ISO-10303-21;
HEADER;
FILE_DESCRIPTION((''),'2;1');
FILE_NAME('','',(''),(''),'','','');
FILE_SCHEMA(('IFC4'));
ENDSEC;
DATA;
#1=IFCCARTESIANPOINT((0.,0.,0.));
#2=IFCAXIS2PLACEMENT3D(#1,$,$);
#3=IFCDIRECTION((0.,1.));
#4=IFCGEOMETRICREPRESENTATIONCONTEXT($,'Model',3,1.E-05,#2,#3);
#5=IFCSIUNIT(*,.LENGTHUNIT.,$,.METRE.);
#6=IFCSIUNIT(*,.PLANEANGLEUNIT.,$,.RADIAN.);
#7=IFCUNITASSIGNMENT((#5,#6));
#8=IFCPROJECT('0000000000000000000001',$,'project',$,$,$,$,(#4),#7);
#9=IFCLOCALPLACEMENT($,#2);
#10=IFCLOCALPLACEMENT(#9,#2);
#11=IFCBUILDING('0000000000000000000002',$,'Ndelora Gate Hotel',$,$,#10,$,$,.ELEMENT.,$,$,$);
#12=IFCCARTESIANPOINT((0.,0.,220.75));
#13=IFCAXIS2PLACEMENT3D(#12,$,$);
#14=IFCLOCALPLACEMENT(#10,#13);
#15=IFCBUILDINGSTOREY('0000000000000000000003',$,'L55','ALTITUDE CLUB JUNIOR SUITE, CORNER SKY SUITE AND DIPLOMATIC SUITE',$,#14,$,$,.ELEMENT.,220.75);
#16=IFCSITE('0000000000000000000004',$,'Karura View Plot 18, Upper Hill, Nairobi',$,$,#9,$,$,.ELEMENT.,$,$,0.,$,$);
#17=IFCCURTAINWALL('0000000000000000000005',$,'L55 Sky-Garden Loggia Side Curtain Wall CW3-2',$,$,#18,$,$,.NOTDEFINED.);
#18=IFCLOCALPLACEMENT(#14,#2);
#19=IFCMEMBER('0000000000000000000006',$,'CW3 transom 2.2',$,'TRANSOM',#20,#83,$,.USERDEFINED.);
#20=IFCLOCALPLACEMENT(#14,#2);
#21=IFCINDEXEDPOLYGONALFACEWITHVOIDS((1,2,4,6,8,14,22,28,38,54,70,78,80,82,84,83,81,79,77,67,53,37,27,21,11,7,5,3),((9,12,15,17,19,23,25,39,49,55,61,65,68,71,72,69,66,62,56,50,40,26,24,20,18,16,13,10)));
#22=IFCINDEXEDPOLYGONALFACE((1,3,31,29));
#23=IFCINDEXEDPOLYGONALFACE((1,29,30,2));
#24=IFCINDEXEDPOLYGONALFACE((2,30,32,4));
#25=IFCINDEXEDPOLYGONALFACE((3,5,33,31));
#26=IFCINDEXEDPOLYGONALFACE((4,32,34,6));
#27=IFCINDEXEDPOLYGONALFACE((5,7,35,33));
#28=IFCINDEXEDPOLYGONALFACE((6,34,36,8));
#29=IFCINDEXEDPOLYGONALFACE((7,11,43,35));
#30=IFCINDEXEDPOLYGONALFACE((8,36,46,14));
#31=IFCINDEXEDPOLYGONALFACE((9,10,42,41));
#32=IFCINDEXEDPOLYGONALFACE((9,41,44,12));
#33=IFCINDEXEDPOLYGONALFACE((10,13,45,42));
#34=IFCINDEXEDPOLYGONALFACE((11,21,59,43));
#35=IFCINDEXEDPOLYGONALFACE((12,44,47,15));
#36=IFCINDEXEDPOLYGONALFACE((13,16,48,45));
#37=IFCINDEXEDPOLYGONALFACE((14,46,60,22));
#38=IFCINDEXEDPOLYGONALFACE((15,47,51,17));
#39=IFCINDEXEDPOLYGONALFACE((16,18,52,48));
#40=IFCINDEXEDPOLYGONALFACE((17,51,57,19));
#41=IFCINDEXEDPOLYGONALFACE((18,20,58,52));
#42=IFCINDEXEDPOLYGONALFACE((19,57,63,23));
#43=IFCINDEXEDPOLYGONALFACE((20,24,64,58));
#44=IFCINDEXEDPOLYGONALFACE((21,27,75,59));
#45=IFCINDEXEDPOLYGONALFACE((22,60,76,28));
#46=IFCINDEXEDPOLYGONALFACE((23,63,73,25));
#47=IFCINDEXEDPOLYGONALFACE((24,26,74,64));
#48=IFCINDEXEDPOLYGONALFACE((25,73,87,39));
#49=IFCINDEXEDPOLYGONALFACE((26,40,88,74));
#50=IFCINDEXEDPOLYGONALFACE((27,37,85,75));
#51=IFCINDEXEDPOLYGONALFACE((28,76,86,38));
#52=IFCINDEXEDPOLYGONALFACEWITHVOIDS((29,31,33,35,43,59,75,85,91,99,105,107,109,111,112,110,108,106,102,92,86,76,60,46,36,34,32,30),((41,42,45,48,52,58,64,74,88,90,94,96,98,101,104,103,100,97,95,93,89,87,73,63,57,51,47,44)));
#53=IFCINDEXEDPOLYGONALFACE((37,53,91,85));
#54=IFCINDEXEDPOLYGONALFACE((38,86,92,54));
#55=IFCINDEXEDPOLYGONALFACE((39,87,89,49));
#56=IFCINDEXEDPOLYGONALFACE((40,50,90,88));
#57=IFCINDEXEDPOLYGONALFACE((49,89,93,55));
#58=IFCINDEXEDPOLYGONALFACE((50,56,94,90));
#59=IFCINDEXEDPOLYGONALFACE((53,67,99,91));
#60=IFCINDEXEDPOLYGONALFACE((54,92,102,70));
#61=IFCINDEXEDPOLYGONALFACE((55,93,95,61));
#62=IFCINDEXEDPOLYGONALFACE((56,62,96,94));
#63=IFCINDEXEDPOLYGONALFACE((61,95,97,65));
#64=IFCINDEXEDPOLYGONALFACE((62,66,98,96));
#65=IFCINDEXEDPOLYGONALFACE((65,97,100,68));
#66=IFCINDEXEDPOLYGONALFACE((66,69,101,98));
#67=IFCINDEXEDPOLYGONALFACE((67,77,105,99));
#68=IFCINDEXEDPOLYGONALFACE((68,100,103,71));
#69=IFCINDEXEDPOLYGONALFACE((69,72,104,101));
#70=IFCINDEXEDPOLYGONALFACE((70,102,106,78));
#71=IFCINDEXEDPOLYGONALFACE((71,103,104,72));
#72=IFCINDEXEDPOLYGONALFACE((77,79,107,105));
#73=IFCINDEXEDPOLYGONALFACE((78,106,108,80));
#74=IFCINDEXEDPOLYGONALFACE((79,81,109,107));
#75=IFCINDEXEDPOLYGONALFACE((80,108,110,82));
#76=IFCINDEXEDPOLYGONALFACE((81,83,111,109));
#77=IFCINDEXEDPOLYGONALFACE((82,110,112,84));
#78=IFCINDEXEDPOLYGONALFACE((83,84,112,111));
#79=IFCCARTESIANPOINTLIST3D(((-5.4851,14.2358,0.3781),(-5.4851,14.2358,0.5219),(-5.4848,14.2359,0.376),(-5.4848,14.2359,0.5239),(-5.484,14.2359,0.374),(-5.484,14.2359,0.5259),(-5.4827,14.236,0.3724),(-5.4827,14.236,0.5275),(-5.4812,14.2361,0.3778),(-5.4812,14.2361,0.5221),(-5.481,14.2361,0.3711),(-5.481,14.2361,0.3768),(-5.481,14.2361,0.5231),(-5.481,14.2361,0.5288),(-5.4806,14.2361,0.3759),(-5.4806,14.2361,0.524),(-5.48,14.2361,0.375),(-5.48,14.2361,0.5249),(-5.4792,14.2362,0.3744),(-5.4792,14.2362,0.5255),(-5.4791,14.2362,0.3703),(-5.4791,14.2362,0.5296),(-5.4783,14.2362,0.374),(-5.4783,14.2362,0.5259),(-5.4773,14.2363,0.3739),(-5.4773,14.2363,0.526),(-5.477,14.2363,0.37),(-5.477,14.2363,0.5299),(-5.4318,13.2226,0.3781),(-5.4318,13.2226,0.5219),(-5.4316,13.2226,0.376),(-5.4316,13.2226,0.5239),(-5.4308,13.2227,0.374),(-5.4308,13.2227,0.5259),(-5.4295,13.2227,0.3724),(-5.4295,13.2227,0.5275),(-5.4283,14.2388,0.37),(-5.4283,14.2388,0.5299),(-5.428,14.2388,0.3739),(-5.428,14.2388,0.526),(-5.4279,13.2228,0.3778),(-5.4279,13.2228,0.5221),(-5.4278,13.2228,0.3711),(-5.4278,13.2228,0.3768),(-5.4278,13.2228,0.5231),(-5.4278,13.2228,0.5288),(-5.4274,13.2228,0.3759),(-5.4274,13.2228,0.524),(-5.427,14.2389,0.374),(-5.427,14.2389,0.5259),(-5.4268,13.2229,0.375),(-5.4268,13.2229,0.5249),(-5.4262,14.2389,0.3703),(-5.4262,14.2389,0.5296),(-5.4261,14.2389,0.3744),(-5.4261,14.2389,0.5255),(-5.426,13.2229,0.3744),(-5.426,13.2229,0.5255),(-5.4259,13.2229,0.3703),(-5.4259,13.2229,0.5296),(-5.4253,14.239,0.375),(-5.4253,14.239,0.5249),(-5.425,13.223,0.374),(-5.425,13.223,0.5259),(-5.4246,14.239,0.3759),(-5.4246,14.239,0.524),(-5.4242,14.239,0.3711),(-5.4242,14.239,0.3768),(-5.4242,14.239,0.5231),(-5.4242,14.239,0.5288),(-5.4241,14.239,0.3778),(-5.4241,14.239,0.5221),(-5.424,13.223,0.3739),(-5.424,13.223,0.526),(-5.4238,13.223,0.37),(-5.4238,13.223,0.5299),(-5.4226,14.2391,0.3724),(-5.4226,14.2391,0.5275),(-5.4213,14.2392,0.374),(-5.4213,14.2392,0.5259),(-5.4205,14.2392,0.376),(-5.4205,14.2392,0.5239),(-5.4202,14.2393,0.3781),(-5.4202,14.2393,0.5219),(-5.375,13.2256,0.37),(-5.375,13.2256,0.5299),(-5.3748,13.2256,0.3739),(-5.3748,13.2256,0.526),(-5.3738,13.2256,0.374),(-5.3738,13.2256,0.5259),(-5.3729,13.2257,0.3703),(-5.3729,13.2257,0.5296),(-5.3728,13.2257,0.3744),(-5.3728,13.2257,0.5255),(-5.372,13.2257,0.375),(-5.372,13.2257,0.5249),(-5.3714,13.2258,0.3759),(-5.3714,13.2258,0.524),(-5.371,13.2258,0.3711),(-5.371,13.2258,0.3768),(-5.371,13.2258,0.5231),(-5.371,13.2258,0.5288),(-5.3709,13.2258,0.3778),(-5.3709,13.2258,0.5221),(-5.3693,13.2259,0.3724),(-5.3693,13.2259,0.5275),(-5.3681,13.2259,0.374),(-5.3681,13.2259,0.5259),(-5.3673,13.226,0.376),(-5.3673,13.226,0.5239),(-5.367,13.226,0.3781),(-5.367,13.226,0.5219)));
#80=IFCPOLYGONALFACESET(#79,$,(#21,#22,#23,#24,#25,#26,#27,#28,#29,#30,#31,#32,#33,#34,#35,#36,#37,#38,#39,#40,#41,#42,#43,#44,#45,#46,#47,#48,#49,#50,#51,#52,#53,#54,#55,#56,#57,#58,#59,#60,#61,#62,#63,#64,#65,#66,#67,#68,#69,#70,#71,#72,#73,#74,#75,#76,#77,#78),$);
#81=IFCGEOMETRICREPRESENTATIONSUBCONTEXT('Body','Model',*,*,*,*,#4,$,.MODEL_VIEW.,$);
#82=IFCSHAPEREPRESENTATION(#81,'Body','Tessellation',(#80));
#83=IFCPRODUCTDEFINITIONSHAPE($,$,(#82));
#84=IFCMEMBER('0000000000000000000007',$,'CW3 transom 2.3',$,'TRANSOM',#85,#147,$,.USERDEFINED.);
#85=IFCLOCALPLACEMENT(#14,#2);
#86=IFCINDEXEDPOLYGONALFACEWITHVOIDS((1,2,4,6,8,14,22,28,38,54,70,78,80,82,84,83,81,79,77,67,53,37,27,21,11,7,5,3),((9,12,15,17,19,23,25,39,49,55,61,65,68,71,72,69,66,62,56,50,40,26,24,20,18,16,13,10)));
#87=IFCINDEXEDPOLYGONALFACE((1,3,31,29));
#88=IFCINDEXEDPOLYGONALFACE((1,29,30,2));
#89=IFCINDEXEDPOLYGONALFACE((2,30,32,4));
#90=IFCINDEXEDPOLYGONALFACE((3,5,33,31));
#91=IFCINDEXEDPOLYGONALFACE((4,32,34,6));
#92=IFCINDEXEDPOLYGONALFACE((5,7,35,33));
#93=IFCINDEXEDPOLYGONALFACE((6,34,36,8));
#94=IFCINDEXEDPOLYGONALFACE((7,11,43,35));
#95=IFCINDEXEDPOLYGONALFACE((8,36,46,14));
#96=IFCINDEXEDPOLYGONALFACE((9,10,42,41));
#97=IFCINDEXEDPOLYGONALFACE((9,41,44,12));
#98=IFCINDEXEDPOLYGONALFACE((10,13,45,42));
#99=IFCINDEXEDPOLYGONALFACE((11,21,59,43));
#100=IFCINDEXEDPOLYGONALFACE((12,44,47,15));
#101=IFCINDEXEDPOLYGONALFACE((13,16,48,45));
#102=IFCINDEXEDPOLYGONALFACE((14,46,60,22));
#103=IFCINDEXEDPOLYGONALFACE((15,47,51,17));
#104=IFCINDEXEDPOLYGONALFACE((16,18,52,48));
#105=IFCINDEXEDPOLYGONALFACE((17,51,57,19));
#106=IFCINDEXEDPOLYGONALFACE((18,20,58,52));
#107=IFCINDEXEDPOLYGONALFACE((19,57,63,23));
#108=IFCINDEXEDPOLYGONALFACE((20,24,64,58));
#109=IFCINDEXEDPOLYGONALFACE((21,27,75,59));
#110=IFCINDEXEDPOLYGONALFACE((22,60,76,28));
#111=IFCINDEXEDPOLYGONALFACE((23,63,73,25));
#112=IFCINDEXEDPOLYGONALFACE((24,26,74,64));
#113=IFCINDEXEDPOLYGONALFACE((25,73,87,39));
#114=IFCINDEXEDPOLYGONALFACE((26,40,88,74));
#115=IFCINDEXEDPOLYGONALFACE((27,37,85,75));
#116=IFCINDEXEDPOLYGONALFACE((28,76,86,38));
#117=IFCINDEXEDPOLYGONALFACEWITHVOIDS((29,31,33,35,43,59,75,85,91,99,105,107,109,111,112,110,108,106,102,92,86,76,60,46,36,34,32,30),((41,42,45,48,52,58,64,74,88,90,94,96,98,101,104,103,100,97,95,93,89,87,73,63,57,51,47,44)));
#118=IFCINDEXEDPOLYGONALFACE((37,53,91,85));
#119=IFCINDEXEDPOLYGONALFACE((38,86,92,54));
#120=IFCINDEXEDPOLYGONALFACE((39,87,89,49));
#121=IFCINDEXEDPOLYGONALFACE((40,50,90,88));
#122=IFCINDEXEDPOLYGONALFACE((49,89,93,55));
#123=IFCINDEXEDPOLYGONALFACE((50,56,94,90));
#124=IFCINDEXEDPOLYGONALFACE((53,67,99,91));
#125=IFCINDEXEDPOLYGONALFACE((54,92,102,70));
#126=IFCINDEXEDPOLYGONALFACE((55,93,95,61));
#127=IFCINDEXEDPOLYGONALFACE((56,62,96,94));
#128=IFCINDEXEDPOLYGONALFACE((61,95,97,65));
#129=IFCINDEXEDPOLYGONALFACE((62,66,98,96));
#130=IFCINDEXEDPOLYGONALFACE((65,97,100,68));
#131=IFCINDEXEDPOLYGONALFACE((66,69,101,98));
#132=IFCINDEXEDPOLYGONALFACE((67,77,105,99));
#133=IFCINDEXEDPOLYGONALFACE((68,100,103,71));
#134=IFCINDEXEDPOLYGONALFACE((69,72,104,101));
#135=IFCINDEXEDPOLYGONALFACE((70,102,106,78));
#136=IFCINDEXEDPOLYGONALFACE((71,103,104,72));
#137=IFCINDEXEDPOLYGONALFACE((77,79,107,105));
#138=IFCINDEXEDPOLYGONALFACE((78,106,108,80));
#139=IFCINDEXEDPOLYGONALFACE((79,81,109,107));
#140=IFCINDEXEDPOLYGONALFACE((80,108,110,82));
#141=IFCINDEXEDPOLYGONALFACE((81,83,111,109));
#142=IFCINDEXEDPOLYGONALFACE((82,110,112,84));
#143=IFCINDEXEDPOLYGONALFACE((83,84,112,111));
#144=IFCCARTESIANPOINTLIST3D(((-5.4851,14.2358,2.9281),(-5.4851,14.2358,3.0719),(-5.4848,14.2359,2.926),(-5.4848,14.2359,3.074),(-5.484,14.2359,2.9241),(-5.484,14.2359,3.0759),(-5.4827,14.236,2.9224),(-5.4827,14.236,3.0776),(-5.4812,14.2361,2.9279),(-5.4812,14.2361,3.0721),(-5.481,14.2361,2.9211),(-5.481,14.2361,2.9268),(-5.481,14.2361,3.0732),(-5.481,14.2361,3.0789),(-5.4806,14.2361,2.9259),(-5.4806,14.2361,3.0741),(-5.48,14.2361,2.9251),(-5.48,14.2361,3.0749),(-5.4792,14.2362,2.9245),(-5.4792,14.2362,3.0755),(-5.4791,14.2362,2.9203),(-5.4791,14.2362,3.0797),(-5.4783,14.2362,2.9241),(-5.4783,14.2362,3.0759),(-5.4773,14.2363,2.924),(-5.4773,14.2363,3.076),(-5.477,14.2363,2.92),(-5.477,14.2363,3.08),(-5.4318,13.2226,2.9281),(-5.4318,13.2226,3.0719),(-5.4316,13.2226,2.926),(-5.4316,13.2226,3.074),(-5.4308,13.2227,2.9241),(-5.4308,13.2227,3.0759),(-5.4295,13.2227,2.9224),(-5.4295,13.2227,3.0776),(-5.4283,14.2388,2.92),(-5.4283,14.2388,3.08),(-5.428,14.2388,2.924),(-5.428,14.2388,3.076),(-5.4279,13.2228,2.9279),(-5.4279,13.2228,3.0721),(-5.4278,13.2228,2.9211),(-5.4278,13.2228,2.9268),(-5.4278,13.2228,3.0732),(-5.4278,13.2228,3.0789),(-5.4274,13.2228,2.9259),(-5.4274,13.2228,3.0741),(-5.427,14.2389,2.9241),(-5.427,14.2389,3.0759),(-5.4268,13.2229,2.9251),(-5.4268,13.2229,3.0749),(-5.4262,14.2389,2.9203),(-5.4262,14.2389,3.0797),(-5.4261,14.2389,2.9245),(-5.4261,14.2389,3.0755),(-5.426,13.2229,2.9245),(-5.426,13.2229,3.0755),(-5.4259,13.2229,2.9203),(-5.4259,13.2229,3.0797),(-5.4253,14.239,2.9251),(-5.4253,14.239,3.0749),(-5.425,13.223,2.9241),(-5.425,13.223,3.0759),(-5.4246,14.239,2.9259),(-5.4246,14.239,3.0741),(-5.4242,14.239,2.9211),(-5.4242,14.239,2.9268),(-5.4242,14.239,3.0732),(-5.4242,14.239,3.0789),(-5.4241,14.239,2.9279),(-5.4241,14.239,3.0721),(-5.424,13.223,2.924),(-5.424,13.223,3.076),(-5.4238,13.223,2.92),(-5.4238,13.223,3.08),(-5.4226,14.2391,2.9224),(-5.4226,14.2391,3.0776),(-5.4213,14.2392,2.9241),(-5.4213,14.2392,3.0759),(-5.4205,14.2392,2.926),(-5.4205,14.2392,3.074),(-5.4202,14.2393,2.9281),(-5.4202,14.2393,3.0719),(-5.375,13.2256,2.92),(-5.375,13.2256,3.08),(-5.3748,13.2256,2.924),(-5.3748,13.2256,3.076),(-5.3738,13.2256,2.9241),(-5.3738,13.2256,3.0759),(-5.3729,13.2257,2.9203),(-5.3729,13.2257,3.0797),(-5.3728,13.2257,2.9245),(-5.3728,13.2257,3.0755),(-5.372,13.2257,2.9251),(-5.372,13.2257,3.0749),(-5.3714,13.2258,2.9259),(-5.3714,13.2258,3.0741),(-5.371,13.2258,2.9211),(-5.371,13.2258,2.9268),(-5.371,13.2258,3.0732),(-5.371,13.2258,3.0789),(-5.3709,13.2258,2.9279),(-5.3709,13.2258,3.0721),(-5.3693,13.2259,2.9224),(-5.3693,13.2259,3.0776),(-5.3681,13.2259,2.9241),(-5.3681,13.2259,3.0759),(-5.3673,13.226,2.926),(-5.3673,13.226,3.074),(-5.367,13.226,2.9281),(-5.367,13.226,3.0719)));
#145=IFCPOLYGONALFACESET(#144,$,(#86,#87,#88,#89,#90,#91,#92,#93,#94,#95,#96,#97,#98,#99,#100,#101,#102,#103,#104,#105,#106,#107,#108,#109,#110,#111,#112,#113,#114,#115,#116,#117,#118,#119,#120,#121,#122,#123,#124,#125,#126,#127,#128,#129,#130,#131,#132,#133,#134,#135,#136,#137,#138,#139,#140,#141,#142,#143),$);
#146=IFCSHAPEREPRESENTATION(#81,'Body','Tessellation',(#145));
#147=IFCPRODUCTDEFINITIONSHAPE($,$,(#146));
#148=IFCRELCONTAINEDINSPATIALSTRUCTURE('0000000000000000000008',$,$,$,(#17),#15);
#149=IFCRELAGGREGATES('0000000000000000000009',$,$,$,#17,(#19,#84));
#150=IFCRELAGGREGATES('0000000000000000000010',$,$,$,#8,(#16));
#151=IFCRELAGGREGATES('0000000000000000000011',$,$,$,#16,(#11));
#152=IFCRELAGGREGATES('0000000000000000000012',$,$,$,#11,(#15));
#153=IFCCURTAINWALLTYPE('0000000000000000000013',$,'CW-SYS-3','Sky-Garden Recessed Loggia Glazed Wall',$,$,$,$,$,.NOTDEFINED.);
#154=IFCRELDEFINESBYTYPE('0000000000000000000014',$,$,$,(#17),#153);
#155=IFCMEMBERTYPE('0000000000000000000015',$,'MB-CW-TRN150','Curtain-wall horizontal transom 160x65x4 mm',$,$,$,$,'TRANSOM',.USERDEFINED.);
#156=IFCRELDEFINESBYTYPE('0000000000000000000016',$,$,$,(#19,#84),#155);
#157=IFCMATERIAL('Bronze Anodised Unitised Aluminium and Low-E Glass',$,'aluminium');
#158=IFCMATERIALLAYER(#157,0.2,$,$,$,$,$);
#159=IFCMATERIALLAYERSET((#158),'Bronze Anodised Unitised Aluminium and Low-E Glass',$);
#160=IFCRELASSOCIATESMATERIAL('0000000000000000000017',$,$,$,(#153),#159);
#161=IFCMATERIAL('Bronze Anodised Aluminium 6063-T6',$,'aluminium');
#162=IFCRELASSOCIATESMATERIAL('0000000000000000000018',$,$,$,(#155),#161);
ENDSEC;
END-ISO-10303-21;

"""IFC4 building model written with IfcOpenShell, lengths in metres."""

from ifc_helpers import new_model, si_unit, direction, frame, origin, origin_2d, place, context, subcontext, project, spatial, hollow_rectangle, extrude, material, layer, layer_set, material_profile, profile_set, type_object, element, aggregate, save


model = new_model("IFC4")

# Units and contexts
model_context = context("Model", 3, precision=1e-05, world=origin(), true_north=direction((0.0, 1.0)))
body_context = subcontext(model_context, "Body", "Model", "MODEL_VIEW")
ifc_project = project(units=[si_unit("LENGTHUNIT", "METRE"), si_unit("PLANEANGLEUNIT", "RADIAN")], contexts=[model_context])

# Site, building, storey
site_placement = place(None, origin())
site = spatial("IfcSite", under=ifc_project, at=site_placement, Name="Karura View Plot 18, Upper Hill, Nairobi", CompositionType="ELEMENT", RefElevation=0.0)
building_placement = place(site_placement, origin())
building = spatial("IfcBuilding", under=site, at=building_placement, Name="Ndelora Gate Hotel", CompositionType="ELEMENT")
storey_placement = place(building_placement, frame((0.0, 0.0, 220.75)))
storey = spatial("IfcBuildingStorey", under=building, at=storey_placement, Name="L55", Description="ALTITUDE CLUB JUNIOR SUITE, CORNER SKY SUITE AND DIPLOMATIC SUITE", CompositionType="ELEMENT", Elevation=220.75)

# Curtain wall, members
ifc_material_1 = material(Name="Bronze Anodised Unitised Aluminium and Low-E Glass", Category="aluminium")
ifc_layer_1 = layer(ifc_material_1, 0.2)
ifc_layer_set_1 = layer_set([ifc_layer_1], Name="Bronze Anodised Unitised Aluminium and Low-E Glass")
curtain_wall_type = type_object("IfcCurtainWallType", Name="CW-SYS-3", Description="Sky-Garden Recessed Loggia Glazed Wall", PredefinedType="NOTDEFINED", material=ifc_layer_set_1)
curtain_wall_placement = place(storey_placement, origin())
curtain_wall = element("IfcCurtainWall", 1, at=curtain_wall_placement, inside=storey, type_object=curtain_wall_type, Name="L55 Sky-Garden Loggia Side Curtain Wall CW3-2", PredefinedType="NOTDEFINED")
ifc_material_2 = material(Name="Bronze Anodised Aluminium 6063-T6", Category="aluminium")
ifc_material_profile_1 = material_profile(ifc_material_2, hollow_rectangle(XDim=0.0649, YDim=0.1599, WallThickness=0.0039, InnerFilletRadius=0.0039, OuterFilletRadius=0.0081, at=origin_2d()), Name="ALU 160x65x4")
ifc_profile_set_1 = profile_set([ifc_material_profile_1], Name="Bronze Anodised Aluminium 6063-T6")
member_type_1 = type_object("IfcMemberType", Name="MB-CW-TRN150", Description="Curtain-wall horizontal transom 160x65x4 mm", ElementType="TRANSOM", PredefinedType="USERDEFINED", material=ifc_profile_set_1)
member_1_placement = place(storey_placement, frame((-5.4526, 14.2375, 0.45), z_axis=(0.052458, -0.998623, 0.0), x_axis=(0.998623, 0.052458, 0.0)))
member_1 = element("IfcMember", 2, at=member_1_placement, type_object=member_type_1, Name="CW3 transom 2.2", ObjectType="TRANSOM", PredefinedType="USERDEFINED", context=body_context, shape_type="SweptSolid", body=[
    extrude(hollow_rectangle(XDim=0.0649, YDim=0.1599, WallThickness=0.0039, InnerFilletRadius=0.0039, OuterFilletRadius=0.0081, at=origin_2d()), origin(), (0.0, 0.0, 1.0), 1.0146),
])
member_2_placement = place(storey_placement, frame((-5.4526, 14.2375, 3.0), z_axis=(0.052458, -0.998623, 0.0), x_axis=(0.998623, 0.052458, 0.0)))
member_2 = element("IfcMember", 3, at=member_2_placement, type_object=member_type_1, Name="CW3 transom 2.3", ObjectType="TRANSOM", PredefinedType="USERDEFINED", context=body_context, shape_type="SweptSolid", body=[
    extrude(hollow_rectangle(XDim=0.0649, YDim=0.1599, WallThickness=0.0039, InnerFilletRadius=0.0039, OuterFilletRadius=0.0081, at=origin_2d()), origin(), (0.0, 0.0, 1.0), 1.0146),
])
aggregate(curtain_wall, [member_1, member_2])

save(model, "model.ifc")
